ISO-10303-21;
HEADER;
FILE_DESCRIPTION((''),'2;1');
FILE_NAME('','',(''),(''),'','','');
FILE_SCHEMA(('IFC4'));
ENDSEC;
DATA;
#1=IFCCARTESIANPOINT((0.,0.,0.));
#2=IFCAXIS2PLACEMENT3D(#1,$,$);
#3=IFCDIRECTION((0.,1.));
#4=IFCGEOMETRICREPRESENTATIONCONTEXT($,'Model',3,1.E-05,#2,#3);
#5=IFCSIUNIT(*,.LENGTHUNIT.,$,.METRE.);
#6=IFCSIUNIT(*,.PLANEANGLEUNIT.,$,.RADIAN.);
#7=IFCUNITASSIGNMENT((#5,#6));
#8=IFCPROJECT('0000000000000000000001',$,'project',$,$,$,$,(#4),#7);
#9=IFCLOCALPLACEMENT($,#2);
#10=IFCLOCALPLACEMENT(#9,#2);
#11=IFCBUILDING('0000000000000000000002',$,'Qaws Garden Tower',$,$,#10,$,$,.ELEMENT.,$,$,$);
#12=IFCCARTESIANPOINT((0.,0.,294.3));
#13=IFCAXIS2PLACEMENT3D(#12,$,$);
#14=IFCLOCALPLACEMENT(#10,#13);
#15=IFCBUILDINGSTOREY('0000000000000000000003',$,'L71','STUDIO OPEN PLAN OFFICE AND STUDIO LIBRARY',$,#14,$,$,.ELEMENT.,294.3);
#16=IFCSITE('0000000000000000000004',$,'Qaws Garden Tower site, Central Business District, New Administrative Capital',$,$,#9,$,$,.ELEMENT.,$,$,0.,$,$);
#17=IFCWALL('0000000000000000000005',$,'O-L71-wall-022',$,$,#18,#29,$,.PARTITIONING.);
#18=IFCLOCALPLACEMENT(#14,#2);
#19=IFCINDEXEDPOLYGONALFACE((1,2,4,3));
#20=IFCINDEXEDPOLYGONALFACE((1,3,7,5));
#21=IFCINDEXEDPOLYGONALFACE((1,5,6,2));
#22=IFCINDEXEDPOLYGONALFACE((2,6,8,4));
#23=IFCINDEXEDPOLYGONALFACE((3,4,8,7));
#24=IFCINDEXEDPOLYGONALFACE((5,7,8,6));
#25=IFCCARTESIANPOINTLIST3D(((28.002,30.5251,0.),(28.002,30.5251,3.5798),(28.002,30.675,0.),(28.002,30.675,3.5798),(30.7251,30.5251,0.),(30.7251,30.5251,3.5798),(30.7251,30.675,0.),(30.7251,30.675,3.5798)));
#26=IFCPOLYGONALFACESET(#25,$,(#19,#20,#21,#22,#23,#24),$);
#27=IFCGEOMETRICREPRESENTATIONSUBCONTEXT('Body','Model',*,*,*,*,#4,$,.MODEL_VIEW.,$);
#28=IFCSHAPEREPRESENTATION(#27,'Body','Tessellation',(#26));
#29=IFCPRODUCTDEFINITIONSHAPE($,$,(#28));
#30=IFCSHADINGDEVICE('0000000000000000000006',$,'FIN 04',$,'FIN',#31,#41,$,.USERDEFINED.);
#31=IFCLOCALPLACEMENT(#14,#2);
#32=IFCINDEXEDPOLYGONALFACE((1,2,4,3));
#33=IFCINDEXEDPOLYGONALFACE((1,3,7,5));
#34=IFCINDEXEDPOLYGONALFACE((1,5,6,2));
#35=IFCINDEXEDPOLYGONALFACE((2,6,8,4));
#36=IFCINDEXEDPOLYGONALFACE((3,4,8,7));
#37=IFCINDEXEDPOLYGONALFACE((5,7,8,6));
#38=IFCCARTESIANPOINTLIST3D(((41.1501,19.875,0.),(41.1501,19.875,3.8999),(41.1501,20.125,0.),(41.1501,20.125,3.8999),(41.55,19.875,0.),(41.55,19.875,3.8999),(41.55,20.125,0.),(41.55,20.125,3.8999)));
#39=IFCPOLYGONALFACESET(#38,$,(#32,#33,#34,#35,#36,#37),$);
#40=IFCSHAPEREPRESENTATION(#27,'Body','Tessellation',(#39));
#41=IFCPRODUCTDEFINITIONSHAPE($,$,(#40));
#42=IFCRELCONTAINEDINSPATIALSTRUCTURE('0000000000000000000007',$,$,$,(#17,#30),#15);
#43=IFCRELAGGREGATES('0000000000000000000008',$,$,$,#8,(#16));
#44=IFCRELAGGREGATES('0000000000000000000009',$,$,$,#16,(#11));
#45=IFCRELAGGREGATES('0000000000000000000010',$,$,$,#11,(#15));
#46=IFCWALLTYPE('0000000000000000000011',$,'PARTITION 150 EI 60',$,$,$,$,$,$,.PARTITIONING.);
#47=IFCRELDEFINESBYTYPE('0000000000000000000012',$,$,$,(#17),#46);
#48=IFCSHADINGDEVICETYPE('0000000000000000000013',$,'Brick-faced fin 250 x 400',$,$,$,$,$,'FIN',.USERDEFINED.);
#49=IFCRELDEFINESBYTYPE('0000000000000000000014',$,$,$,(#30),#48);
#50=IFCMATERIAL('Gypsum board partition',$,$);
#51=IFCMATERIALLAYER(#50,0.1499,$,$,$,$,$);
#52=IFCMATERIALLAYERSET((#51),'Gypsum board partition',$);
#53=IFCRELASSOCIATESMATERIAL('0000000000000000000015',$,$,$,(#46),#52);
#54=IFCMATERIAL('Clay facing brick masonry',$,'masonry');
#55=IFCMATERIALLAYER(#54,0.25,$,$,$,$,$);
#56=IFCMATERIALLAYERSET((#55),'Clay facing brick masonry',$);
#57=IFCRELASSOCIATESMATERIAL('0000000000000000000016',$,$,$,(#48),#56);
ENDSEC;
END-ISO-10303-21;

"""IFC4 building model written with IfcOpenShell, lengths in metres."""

from ifc_helpers import new_model, si_unit, direction, frame, frame_2d, origin, origin_2d, place, context, subcontext, project, spatial, rectangle, extrude, material, layer, layer_set, type_object, element, save


model = new_model("IFC4")

# Units and contexts
model_context = context("Model", 3, precision=1e-05, world=origin(), true_north=direction((0.0, 1.0)))
body_context = subcontext(model_context, "Body", "Model", "MODEL_VIEW")
ifc_project = project(units=[si_unit("LENGTHUNIT", "METRE"), si_unit("PLANEANGLEUNIT", "RADIAN")], contexts=[model_context])

# Site, building, storey
site_placement = place(None, origin())
site = spatial("IfcSite", under=ifc_project, at=site_placement, Name="Qaws Garden Tower site, Central Business District, New Administrative Capital", CompositionType="ELEMENT", RefElevation=0.0)
building_placement = place(site_placement, origin())
building = spatial("IfcBuilding", under=site, at=building_placement, Name="Qaws Garden Tower", CompositionType="ELEMENT")
storey_placement = place(building_placement, frame((0.0, 0.0, 294.3)))
storey = spatial("IfcBuildingStorey", under=building, at=storey_placement, Name="L71", Description="STUDIO OPEN PLAN OFFICE AND STUDIO LIBRARY", CompositionType="ELEMENT", Elevation=294.3)

# Wall
ifc_material_1 = material(Name="Gypsum board partition")
ifc_layer_1 = layer(ifc_material_1, 0.1499)
ifc_layer_set_1 = layer_set([ifc_layer_1], Name="Gypsum board partition")
wall_type_1 = type_object("IfcWallType", Name="PARTITION 150 EI 60", PredefinedType="PARTITIONING", material=ifc_layer_set_1)
wall_1_placement = place(storey_placement, frame((28.002, 30.6001, 0.0), z_axis=(0.0, 0.0, 1.0), x_axis=(1.0, 0.0, 0.0)))
element("IfcWall", 1, at=wall_1_placement, inside=storey, type_object=wall_type_1, Name="O-L71-wall-022", PredefinedType="PARTITIONING", context=body_context, shape_type="SweptSolid", body=[
    extrude(rectangle(XDim=2.7231, YDim=0.1499, at=frame_2d((1.3616, 0.0))), origin(), (0.0, 0.0, 1.0), 3.5798),
])

# Shading device
ifc_material_2 = material(Name="Clay facing brick masonry", Category="masonry")
ifc_layer_2 = layer(ifc_material_2, 0.25)
ifc_layer_set_2 = layer_set([ifc_layer_2], Name="Clay facing brick masonry")
shading_device_type = type_object("IfcShadingDeviceType", Name="Brick-faced fin 250 x 400", ElementType="FIN", PredefinedType="USERDEFINED", material=ifc_layer_set_2)
shading_device_placement = place(storey_placement, frame((41.3501, 20.0, 0.0), z_axis=(0.0, 0.0, 1.0), x_axis=(0.0, 1.0, 0.0)))
element("IfcShadingDevice", 2, at=shading_device_placement, inside=storey, type_object=shading_device_type, Name="FIN 04", ObjectType="FIN", PredefinedType="USERDEFINED", context=body_context, shape_type="SweptSolid", body=[
    extrude(rectangle(XDim=0.25, YDim=0.3999, at=origin_2d()), origin(), (0.0, 0.0, 1.0), 3.8999),
])

save(model, "model.ifc")
